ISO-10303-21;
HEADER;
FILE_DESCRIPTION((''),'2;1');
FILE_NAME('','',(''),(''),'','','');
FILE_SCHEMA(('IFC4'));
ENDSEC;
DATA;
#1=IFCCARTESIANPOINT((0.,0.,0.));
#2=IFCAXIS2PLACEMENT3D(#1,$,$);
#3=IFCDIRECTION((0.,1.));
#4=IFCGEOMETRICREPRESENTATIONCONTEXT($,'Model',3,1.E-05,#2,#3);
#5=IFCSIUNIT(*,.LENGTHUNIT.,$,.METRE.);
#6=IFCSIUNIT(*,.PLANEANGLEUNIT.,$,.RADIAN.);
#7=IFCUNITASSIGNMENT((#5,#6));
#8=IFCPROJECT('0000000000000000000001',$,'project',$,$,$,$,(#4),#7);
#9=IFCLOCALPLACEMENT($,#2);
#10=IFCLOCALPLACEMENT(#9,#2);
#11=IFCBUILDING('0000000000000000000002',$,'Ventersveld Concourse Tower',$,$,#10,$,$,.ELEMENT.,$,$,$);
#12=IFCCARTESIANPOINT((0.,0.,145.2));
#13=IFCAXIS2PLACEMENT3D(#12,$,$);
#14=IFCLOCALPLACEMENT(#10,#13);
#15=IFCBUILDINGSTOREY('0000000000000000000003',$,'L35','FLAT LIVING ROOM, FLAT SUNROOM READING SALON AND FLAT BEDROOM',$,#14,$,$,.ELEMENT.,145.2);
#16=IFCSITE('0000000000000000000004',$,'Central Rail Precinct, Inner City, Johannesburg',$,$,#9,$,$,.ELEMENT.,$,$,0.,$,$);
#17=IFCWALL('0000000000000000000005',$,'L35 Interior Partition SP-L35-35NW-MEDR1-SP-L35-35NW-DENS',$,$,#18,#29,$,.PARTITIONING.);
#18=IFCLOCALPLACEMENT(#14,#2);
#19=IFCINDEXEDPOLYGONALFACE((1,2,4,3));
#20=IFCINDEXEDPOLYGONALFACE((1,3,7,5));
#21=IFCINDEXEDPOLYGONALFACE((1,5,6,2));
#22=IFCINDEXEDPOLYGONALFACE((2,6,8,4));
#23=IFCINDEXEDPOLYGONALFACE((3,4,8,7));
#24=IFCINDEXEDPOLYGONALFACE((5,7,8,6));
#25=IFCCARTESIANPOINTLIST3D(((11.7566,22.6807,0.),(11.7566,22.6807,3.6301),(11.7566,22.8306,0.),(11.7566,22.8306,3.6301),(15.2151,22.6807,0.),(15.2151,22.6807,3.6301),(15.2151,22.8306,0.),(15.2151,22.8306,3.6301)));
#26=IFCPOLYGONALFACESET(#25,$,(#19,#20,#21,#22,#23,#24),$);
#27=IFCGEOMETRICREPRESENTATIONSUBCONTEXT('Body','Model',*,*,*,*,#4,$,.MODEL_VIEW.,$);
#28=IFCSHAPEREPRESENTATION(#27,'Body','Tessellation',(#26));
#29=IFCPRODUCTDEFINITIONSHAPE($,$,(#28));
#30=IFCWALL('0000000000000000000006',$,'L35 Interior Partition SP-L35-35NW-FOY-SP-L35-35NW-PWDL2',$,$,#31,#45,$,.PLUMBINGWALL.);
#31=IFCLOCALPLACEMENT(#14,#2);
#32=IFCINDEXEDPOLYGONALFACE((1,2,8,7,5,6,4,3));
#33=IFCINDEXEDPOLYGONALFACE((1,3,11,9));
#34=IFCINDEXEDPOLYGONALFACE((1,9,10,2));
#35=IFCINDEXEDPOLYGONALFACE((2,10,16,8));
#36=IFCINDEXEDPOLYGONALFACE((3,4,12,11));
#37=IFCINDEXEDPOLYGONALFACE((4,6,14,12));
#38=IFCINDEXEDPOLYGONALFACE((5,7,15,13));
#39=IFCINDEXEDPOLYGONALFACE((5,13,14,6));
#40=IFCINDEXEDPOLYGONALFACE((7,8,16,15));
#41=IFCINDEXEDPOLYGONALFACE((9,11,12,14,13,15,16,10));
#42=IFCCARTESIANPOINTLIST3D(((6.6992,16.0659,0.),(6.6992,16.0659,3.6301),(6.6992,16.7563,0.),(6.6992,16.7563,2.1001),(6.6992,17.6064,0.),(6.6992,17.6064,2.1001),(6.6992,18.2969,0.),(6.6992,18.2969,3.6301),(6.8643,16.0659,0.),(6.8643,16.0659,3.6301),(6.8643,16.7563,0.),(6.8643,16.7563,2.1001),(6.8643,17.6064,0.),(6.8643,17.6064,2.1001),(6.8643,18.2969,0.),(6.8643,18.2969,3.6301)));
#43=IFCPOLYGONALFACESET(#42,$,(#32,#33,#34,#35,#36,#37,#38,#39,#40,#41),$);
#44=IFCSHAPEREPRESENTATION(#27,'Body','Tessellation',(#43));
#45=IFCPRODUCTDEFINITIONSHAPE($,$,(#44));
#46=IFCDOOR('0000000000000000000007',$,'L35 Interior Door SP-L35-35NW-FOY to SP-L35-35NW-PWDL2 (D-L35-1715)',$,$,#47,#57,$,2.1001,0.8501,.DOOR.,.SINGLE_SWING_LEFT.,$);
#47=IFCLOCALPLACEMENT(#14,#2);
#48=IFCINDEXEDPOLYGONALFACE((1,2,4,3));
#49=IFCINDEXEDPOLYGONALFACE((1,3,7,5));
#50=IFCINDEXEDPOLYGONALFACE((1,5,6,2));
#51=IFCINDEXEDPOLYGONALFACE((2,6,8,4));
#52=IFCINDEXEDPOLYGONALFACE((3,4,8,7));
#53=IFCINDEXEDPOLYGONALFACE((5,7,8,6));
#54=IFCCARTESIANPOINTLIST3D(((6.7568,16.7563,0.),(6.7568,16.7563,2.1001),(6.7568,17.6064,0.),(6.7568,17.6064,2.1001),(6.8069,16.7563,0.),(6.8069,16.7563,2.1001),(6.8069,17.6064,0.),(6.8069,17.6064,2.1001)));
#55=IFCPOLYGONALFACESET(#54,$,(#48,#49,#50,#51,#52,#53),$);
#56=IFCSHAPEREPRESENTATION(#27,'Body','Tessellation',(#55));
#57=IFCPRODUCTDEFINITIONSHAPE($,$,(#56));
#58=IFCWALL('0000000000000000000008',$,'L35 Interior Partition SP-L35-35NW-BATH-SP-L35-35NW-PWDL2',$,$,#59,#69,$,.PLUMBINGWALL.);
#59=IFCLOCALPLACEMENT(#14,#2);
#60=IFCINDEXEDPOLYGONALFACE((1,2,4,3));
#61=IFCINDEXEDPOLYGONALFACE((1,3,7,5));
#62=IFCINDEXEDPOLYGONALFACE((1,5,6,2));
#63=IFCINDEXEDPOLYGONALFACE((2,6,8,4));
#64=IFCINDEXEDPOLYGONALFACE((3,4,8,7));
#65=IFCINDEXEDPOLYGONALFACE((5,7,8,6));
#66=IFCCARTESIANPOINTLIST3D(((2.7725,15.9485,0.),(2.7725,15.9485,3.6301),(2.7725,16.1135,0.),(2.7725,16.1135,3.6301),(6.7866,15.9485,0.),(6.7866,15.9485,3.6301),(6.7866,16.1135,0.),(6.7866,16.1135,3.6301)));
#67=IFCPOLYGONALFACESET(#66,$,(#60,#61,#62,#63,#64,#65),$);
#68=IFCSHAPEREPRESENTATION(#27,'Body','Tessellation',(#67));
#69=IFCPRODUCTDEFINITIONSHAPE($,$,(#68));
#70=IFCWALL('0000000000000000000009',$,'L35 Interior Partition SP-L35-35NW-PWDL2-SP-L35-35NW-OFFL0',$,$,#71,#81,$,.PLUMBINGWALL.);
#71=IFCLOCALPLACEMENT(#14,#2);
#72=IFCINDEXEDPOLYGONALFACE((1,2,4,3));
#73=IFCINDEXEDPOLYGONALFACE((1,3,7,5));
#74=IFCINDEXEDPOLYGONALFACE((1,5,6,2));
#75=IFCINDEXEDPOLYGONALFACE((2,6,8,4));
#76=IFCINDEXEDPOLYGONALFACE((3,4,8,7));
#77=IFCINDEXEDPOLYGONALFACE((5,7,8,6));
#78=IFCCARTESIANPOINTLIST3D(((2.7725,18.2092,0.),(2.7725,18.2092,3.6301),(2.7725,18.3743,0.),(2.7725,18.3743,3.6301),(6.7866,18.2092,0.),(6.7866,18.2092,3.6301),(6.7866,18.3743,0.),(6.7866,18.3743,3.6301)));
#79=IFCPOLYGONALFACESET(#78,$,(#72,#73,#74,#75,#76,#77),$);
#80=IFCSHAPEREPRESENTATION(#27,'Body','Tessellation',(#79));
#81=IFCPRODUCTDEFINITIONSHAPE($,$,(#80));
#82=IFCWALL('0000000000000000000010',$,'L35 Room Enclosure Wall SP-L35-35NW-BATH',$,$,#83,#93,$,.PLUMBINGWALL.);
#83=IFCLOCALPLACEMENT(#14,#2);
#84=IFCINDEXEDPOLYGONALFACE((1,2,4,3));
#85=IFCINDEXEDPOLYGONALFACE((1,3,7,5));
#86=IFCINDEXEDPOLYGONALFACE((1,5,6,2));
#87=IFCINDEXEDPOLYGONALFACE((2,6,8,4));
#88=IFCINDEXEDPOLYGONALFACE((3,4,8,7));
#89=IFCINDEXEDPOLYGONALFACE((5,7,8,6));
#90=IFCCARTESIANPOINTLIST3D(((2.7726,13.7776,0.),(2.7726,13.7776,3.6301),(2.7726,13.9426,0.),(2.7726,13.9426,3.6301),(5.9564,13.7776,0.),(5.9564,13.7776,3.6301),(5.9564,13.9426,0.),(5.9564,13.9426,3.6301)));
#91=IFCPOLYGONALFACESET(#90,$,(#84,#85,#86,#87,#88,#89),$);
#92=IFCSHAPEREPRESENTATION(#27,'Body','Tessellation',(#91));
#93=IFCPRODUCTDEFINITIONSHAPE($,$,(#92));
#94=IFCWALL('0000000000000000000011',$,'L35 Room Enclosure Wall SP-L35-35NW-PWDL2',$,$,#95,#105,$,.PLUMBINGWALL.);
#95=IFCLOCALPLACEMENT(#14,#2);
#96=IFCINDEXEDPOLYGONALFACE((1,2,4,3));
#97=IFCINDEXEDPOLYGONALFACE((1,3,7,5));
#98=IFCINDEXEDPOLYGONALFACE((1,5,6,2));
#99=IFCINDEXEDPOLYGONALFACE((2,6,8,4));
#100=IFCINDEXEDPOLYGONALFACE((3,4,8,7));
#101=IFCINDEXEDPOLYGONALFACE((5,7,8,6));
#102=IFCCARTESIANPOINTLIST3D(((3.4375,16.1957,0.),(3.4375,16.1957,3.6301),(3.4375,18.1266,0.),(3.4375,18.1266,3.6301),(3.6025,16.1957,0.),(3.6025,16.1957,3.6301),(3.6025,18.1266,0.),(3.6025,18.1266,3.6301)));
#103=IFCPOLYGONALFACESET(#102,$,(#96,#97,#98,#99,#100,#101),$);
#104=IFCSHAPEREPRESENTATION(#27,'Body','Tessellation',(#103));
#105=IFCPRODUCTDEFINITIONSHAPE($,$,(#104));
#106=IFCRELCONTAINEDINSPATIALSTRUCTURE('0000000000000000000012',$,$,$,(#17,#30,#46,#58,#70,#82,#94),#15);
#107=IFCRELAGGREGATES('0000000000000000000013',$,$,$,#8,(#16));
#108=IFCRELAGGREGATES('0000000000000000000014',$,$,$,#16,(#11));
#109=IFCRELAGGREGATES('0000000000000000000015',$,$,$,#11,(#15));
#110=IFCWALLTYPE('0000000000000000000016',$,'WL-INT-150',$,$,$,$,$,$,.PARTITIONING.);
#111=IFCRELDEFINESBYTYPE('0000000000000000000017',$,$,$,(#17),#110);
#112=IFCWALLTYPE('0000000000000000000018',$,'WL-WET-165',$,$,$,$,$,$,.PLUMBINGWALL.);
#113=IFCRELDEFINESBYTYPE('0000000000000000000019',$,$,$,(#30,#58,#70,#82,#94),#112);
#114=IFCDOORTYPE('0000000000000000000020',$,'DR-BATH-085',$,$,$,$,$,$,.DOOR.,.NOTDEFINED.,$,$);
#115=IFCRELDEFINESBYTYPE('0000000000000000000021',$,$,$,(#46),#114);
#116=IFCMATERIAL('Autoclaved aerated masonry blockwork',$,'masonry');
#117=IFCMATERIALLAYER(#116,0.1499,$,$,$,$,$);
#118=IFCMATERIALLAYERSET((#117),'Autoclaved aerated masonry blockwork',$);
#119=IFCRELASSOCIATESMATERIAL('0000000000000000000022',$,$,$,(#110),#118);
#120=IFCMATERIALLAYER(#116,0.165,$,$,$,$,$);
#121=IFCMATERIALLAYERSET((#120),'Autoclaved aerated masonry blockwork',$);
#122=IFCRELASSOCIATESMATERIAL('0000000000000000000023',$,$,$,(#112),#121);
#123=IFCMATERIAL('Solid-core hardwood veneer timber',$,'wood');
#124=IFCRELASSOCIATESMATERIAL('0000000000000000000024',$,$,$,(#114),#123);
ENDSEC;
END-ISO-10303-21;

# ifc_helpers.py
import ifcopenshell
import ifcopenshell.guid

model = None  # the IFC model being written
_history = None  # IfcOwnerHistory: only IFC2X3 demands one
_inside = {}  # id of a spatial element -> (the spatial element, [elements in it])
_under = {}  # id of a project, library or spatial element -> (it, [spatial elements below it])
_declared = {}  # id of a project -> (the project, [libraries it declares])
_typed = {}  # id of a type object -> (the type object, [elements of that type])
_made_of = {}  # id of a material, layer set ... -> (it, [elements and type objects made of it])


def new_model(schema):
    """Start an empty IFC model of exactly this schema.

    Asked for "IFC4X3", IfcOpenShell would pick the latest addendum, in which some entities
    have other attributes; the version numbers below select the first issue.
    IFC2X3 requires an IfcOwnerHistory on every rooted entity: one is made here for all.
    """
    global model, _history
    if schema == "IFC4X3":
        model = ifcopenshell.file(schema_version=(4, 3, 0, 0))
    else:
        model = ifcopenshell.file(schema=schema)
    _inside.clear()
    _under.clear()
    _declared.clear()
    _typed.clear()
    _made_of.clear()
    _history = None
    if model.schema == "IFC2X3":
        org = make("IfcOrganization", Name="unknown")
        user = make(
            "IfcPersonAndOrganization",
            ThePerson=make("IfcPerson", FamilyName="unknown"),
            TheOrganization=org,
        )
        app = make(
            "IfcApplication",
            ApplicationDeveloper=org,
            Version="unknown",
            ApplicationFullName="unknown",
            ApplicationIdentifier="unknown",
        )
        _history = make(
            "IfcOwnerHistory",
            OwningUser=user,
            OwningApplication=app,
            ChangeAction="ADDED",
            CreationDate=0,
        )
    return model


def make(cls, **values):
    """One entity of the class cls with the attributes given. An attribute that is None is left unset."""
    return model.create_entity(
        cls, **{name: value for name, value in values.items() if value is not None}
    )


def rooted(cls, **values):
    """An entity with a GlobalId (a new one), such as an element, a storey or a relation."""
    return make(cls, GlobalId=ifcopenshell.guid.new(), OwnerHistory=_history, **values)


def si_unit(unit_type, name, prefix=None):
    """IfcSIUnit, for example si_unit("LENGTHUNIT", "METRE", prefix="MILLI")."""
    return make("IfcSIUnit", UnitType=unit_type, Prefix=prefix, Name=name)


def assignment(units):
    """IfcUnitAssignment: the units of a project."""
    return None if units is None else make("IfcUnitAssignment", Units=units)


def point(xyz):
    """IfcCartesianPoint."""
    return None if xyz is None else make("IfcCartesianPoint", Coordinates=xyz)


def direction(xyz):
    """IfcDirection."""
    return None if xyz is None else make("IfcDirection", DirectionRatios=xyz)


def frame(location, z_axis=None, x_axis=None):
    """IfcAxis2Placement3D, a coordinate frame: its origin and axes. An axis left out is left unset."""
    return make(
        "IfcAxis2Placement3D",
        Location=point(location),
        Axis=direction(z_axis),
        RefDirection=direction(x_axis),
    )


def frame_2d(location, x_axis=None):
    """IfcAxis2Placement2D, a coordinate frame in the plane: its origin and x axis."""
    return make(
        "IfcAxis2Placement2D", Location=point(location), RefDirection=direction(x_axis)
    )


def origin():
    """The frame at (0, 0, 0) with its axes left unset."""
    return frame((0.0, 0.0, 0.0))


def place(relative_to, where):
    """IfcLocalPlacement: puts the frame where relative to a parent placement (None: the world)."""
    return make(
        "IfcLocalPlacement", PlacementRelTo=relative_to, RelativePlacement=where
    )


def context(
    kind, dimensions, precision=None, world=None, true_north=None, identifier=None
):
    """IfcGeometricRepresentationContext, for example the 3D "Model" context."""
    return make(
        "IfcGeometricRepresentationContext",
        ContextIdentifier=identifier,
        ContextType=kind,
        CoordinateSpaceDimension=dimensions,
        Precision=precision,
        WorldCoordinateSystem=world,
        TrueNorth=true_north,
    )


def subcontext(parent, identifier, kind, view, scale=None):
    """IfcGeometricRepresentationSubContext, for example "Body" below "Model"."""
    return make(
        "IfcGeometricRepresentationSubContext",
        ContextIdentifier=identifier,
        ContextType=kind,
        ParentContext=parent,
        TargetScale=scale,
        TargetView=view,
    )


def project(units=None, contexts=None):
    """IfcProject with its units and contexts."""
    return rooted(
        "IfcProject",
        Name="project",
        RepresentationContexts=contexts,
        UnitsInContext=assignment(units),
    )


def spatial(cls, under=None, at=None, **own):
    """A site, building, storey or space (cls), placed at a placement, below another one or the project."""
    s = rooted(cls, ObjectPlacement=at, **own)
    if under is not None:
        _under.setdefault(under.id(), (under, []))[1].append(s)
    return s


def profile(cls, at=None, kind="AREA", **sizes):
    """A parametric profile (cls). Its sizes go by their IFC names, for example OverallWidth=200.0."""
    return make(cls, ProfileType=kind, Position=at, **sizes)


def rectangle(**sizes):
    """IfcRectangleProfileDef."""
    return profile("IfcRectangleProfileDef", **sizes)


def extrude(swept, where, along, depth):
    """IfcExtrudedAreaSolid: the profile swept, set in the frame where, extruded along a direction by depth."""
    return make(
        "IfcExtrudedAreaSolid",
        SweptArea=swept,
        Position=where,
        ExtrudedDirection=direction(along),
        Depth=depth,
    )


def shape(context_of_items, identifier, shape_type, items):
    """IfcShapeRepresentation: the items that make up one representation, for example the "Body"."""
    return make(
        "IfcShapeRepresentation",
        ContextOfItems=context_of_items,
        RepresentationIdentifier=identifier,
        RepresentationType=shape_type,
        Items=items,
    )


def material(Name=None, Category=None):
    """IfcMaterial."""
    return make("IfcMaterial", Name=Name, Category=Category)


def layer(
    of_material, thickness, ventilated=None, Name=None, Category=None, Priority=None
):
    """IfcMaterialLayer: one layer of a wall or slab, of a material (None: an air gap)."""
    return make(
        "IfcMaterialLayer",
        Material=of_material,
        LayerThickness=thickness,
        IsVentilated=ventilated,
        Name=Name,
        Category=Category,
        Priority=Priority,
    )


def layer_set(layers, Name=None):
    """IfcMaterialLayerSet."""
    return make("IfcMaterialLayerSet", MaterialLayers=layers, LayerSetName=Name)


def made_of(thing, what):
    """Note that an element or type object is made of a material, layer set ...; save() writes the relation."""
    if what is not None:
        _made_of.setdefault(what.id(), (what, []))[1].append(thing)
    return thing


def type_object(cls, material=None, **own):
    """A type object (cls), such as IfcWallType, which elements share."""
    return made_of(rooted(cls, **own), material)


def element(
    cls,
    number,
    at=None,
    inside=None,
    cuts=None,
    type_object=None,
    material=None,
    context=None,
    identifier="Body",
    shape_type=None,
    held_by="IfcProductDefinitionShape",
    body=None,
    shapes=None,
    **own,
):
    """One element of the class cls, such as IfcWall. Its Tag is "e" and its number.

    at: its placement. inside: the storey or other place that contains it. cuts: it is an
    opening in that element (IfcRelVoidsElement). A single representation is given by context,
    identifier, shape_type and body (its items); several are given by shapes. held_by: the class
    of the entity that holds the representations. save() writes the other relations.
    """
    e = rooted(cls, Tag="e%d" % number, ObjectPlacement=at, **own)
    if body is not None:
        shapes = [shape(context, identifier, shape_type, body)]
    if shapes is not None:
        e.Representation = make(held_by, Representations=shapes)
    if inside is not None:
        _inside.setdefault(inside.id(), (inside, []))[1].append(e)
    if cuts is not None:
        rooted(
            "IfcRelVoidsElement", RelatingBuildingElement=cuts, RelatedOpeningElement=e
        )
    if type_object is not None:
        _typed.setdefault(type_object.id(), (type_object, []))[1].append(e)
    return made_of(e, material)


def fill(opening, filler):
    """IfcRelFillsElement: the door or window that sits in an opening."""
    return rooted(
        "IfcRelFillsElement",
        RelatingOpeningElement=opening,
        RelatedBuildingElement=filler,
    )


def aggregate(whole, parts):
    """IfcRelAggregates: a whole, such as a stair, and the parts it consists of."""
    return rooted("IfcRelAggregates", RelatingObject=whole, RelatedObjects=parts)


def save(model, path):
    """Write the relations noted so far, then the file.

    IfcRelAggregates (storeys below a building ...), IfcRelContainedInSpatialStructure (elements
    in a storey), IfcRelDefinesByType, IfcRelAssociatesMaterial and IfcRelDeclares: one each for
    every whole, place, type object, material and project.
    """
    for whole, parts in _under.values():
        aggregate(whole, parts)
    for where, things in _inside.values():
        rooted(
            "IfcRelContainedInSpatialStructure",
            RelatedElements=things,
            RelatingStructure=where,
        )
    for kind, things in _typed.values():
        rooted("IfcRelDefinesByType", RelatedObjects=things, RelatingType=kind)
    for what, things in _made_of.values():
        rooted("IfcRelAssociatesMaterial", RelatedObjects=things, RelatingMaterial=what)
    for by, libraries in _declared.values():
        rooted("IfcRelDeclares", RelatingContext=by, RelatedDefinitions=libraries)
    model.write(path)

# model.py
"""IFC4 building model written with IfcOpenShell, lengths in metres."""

from ifc_helpers import new_model, si_unit, direction, frame, frame_2d, origin, place, context, subcontext, project, spatial, rectangle, extrude, material, layer, layer_set, type_object, element, fill, save


model = new_model("IFC4")

# Units and contexts
model_context = context("Model", 3, precision=1e-05, world=origin(), true_north=direction((0.0, 1.0)))
body_context = subcontext(model_context, "Body", "Model", "MODEL_VIEW")
ifc_project = project(units=[si_unit("LENGTHUNIT", "METRE"), si_unit("PLANEANGLEUNIT", "RADIAN")], contexts=[model_context])

# Site, building, storey
site_placement = place(None, origin())
site = spatial("IfcSite", under=ifc_project, at=site_placement, Name="Central Rail Precinct, Inner City, Johannesburg", CompositionType="ELEMENT", RefElevation=0.0)
building_placement = place(site_placement, origin())
building = spatial("IfcBuilding", under=site, at=building_placement, Name="Ventersveld Concourse Tower", CompositionType="ELEMENT")
storey_placement = place(building_placement, frame((0.0, 0.0, 145.2)))
storey = spatial("IfcBuildingStorey", under=building, at=storey_placement, Name="L35", Description="FLAT LIVING ROOM, FLAT SUNROOM READING SALON AND FLAT BEDROOM", CompositionType="ELEMENT", Elevation=145.2)

# Shared definitions
ifc_material_1 = material(Name="Solid-core hardwood veneer timber", Category="wood")

# Shared definitions
ifc_material_2 = material(Name="Autoclaved aerated masonry blockwork", Category="masonry")
ifc_layer_1 = layer(ifc_material_2, 0.1499)
ifc_layer_set_1 = layer_set([ifc_layer_1], Name="Autoclaved aerated masonry blockwork")
wall_type_1 = type_object("IfcWallType", Name="WL-INT-150", PredefinedType="PARTITIONING", material=ifc_layer_set_1)

# Wall
for number, where, z_axis, x_axis, name in (
    (1, (11.7566, 22.7556, 0.0), (0.0, 0.0, 1.0), (1.0, 0.0, 0.0), "L35 Interior Partition SP-L35-35NW-MEDR1-SP-L35-35NW-DENS"),
):
    element("IfcWall", number, at=place(storey_placement, frame(where, z_axis=z_axis, x_axis=x_axis)), inside=storey, type_object=wall_type_1, Name=name, PredefinedType="PARTITIONING", context=body_context, shape_type="SweptSolid", body=[
        extrude(rectangle(XDim=3.4585, YDim=0.1499, at=frame_2d((1.7292, 0.0))), origin(), (0.0, 0.0, 1.0), 3.6301),
    ])

# Wall, opening, door
ifc_layer_2 = layer(ifc_material_2, 0.165)
ifc_layer_set_2 = layer_set([ifc_layer_2], Name="Autoclaved aerated masonry blockwork")
wall_type_2 = type_object("IfcWallType", Name="WL-WET-165", PredefinedType="PLUMBINGWALL", material=ifc_layer_set_2)
wall_1_placement = place(storey_placement, frame((6.7817, 16.0659, 0.0), z_axis=(0.0, 0.0, 1.0), x_axis=(0.0, 1.0, 0.0)))
wall_1 = element("IfcWall", 2, at=wall_1_placement, inside=storey, type_object=wall_type_2, Name="L35 Interior Partition SP-L35-35NW-FOY-SP-L35-35NW-PWDL2", PredefinedType="PLUMBINGWALL", context=body_context, shape_type="SweptSolid", body=[
    extrude(rectangle(XDim=2.231, YDim=0.165, at=frame_2d((1.1155, 0.0))), origin(), (0.0, 0.0, 1.0), 3.6301),
])
opening_1_placement = place(wall_1_placement, frame((0.6904, 0.0, 0.0)))
opening_1 = element("IfcOpeningElement", 3, at=opening_1_placement, cuts=wall_1, PredefinedType="OPENING", context=body_context, shape_type="SweptSolid", body=[
    extrude(rectangle(XDim=0.8501, YDim=2.1001, at=frame_2d((0.425, 1.05))), frame((0.0, 0.0925, 0.0), z_axis=(0.0, -1.0, 0.0), x_axis=(1.0, 0.0, 0.0)), (0.0, 0.0, 1.0), 0.1851),
])
door_type_1 = type_object("IfcDoorType", Name="DR-BATH-085", OperationType="NOTDEFINED", PredefinedType="DOOR", material=ifc_material_1)
door_1_placement = place(opening_1_placement, origin())
door_1 = element("IfcDoor", 4, at=door_1_placement, inside=storey, type_object=door_type_1, Name="L35 Interior Door SP-L35-35NW-FOY to SP-L35-35NW-PWDL2 (D-L35-1715)", OperationType="SINGLE_SWING_LEFT", OverallHeight=2.1001, OverallWidth=0.8501, PredefinedType="DOOR", context=body_context, shape_type="SweptSolid", body=[
    extrude(rectangle(XDim=0.8501, YDim=2.1001, at=frame_2d((0.425, 1.05))), frame((0.0, 0.0249, 0.0), z_axis=(0.0, -1.0, 0.0), x_axis=(1.0, 0.0, 0.0)), (0.0, 0.0, 1.0), 0.05),
])
fill(opening_1, door_1)

# Walls
for number, where, z_axis, x_axis, name in (
    (5, (2.7725, 16.031, 0.0), (0.0, 0.0, 1.0), (1.0, 0.0, 0.0), "L35 Interior Partition SP-L35-35NW-BATH-SP-L35-35NW-PWDL2"),
    (6, (2.7725, 18.2917, 0.0), (0.0, 0.0, 1.0), (1.0, 0.0, 0.0), "L35 Interior Partition SP-L35-35NW-PWDL2-SP-L35-35NW-OFFL0"),
):
    element("IfcWall", number, at=place(storey_placement, frame(where, z_axis=z_axis, x_axis=x_axis)), inside=storey, type_object=wall_type_2, Name=name, PredefinedType="PLUMBINGWALL", context=body_context, shape_type="SweptSolid", body=[
        extrude(rectangle(XDim=4.0142, YDim=0.165, at=frame_2d((2.0071, 0.0))), origin(), (0.0, 0.0, 1.0), 3.6301),
    ])
wall_2_placement = place(storey_placement, frame((5.9563, 13.8601, 0.0), z_axis=(0.0, 0.0, 1.0), x_axis=(-1.0, 0.0, 0.0)))
element("IfcWall", 7, at=wall_2_placement, inside=storey, type_object=wall_type_2, Name="L35 Room Enclosure Wall SP-L35-35NW-BATH", PredefinedType="PLUMBINGWALL", context=body_context, shape_type="SweptSolid", body=[
    extrude(rectangle(XDim=3.1838, YDim=0.165, at=frame_2d((1.5918, 0.0))), origin(), (0.0, 0.0, 1.0), 3.6301),
])
wall_3_placement = place(storey_placement, frame((3.52, 16.1958, 0.0), z_axis=(0.0, 0.0, 1.0), x_axis=(0.0, 1.0, 0.0)))
element("IfcWall", 8, at=wall_3_placement, inside=storey, type_object=wall_type_2, Name="L35 Room Enclosure Wall SP-L35-35NW-PWDL2", PredefinedType="PLUMBINGWALL", context=body_context, shape_type="SweptSolid", body=[
    extrude(rectangle(XDim=1.9309, YDim=0.165, at=frame_2d((0.9653, 0.0))), origin(), (0.0, 0.0, 1.0), 3.6301),
])

save(model, "model.ifc")
